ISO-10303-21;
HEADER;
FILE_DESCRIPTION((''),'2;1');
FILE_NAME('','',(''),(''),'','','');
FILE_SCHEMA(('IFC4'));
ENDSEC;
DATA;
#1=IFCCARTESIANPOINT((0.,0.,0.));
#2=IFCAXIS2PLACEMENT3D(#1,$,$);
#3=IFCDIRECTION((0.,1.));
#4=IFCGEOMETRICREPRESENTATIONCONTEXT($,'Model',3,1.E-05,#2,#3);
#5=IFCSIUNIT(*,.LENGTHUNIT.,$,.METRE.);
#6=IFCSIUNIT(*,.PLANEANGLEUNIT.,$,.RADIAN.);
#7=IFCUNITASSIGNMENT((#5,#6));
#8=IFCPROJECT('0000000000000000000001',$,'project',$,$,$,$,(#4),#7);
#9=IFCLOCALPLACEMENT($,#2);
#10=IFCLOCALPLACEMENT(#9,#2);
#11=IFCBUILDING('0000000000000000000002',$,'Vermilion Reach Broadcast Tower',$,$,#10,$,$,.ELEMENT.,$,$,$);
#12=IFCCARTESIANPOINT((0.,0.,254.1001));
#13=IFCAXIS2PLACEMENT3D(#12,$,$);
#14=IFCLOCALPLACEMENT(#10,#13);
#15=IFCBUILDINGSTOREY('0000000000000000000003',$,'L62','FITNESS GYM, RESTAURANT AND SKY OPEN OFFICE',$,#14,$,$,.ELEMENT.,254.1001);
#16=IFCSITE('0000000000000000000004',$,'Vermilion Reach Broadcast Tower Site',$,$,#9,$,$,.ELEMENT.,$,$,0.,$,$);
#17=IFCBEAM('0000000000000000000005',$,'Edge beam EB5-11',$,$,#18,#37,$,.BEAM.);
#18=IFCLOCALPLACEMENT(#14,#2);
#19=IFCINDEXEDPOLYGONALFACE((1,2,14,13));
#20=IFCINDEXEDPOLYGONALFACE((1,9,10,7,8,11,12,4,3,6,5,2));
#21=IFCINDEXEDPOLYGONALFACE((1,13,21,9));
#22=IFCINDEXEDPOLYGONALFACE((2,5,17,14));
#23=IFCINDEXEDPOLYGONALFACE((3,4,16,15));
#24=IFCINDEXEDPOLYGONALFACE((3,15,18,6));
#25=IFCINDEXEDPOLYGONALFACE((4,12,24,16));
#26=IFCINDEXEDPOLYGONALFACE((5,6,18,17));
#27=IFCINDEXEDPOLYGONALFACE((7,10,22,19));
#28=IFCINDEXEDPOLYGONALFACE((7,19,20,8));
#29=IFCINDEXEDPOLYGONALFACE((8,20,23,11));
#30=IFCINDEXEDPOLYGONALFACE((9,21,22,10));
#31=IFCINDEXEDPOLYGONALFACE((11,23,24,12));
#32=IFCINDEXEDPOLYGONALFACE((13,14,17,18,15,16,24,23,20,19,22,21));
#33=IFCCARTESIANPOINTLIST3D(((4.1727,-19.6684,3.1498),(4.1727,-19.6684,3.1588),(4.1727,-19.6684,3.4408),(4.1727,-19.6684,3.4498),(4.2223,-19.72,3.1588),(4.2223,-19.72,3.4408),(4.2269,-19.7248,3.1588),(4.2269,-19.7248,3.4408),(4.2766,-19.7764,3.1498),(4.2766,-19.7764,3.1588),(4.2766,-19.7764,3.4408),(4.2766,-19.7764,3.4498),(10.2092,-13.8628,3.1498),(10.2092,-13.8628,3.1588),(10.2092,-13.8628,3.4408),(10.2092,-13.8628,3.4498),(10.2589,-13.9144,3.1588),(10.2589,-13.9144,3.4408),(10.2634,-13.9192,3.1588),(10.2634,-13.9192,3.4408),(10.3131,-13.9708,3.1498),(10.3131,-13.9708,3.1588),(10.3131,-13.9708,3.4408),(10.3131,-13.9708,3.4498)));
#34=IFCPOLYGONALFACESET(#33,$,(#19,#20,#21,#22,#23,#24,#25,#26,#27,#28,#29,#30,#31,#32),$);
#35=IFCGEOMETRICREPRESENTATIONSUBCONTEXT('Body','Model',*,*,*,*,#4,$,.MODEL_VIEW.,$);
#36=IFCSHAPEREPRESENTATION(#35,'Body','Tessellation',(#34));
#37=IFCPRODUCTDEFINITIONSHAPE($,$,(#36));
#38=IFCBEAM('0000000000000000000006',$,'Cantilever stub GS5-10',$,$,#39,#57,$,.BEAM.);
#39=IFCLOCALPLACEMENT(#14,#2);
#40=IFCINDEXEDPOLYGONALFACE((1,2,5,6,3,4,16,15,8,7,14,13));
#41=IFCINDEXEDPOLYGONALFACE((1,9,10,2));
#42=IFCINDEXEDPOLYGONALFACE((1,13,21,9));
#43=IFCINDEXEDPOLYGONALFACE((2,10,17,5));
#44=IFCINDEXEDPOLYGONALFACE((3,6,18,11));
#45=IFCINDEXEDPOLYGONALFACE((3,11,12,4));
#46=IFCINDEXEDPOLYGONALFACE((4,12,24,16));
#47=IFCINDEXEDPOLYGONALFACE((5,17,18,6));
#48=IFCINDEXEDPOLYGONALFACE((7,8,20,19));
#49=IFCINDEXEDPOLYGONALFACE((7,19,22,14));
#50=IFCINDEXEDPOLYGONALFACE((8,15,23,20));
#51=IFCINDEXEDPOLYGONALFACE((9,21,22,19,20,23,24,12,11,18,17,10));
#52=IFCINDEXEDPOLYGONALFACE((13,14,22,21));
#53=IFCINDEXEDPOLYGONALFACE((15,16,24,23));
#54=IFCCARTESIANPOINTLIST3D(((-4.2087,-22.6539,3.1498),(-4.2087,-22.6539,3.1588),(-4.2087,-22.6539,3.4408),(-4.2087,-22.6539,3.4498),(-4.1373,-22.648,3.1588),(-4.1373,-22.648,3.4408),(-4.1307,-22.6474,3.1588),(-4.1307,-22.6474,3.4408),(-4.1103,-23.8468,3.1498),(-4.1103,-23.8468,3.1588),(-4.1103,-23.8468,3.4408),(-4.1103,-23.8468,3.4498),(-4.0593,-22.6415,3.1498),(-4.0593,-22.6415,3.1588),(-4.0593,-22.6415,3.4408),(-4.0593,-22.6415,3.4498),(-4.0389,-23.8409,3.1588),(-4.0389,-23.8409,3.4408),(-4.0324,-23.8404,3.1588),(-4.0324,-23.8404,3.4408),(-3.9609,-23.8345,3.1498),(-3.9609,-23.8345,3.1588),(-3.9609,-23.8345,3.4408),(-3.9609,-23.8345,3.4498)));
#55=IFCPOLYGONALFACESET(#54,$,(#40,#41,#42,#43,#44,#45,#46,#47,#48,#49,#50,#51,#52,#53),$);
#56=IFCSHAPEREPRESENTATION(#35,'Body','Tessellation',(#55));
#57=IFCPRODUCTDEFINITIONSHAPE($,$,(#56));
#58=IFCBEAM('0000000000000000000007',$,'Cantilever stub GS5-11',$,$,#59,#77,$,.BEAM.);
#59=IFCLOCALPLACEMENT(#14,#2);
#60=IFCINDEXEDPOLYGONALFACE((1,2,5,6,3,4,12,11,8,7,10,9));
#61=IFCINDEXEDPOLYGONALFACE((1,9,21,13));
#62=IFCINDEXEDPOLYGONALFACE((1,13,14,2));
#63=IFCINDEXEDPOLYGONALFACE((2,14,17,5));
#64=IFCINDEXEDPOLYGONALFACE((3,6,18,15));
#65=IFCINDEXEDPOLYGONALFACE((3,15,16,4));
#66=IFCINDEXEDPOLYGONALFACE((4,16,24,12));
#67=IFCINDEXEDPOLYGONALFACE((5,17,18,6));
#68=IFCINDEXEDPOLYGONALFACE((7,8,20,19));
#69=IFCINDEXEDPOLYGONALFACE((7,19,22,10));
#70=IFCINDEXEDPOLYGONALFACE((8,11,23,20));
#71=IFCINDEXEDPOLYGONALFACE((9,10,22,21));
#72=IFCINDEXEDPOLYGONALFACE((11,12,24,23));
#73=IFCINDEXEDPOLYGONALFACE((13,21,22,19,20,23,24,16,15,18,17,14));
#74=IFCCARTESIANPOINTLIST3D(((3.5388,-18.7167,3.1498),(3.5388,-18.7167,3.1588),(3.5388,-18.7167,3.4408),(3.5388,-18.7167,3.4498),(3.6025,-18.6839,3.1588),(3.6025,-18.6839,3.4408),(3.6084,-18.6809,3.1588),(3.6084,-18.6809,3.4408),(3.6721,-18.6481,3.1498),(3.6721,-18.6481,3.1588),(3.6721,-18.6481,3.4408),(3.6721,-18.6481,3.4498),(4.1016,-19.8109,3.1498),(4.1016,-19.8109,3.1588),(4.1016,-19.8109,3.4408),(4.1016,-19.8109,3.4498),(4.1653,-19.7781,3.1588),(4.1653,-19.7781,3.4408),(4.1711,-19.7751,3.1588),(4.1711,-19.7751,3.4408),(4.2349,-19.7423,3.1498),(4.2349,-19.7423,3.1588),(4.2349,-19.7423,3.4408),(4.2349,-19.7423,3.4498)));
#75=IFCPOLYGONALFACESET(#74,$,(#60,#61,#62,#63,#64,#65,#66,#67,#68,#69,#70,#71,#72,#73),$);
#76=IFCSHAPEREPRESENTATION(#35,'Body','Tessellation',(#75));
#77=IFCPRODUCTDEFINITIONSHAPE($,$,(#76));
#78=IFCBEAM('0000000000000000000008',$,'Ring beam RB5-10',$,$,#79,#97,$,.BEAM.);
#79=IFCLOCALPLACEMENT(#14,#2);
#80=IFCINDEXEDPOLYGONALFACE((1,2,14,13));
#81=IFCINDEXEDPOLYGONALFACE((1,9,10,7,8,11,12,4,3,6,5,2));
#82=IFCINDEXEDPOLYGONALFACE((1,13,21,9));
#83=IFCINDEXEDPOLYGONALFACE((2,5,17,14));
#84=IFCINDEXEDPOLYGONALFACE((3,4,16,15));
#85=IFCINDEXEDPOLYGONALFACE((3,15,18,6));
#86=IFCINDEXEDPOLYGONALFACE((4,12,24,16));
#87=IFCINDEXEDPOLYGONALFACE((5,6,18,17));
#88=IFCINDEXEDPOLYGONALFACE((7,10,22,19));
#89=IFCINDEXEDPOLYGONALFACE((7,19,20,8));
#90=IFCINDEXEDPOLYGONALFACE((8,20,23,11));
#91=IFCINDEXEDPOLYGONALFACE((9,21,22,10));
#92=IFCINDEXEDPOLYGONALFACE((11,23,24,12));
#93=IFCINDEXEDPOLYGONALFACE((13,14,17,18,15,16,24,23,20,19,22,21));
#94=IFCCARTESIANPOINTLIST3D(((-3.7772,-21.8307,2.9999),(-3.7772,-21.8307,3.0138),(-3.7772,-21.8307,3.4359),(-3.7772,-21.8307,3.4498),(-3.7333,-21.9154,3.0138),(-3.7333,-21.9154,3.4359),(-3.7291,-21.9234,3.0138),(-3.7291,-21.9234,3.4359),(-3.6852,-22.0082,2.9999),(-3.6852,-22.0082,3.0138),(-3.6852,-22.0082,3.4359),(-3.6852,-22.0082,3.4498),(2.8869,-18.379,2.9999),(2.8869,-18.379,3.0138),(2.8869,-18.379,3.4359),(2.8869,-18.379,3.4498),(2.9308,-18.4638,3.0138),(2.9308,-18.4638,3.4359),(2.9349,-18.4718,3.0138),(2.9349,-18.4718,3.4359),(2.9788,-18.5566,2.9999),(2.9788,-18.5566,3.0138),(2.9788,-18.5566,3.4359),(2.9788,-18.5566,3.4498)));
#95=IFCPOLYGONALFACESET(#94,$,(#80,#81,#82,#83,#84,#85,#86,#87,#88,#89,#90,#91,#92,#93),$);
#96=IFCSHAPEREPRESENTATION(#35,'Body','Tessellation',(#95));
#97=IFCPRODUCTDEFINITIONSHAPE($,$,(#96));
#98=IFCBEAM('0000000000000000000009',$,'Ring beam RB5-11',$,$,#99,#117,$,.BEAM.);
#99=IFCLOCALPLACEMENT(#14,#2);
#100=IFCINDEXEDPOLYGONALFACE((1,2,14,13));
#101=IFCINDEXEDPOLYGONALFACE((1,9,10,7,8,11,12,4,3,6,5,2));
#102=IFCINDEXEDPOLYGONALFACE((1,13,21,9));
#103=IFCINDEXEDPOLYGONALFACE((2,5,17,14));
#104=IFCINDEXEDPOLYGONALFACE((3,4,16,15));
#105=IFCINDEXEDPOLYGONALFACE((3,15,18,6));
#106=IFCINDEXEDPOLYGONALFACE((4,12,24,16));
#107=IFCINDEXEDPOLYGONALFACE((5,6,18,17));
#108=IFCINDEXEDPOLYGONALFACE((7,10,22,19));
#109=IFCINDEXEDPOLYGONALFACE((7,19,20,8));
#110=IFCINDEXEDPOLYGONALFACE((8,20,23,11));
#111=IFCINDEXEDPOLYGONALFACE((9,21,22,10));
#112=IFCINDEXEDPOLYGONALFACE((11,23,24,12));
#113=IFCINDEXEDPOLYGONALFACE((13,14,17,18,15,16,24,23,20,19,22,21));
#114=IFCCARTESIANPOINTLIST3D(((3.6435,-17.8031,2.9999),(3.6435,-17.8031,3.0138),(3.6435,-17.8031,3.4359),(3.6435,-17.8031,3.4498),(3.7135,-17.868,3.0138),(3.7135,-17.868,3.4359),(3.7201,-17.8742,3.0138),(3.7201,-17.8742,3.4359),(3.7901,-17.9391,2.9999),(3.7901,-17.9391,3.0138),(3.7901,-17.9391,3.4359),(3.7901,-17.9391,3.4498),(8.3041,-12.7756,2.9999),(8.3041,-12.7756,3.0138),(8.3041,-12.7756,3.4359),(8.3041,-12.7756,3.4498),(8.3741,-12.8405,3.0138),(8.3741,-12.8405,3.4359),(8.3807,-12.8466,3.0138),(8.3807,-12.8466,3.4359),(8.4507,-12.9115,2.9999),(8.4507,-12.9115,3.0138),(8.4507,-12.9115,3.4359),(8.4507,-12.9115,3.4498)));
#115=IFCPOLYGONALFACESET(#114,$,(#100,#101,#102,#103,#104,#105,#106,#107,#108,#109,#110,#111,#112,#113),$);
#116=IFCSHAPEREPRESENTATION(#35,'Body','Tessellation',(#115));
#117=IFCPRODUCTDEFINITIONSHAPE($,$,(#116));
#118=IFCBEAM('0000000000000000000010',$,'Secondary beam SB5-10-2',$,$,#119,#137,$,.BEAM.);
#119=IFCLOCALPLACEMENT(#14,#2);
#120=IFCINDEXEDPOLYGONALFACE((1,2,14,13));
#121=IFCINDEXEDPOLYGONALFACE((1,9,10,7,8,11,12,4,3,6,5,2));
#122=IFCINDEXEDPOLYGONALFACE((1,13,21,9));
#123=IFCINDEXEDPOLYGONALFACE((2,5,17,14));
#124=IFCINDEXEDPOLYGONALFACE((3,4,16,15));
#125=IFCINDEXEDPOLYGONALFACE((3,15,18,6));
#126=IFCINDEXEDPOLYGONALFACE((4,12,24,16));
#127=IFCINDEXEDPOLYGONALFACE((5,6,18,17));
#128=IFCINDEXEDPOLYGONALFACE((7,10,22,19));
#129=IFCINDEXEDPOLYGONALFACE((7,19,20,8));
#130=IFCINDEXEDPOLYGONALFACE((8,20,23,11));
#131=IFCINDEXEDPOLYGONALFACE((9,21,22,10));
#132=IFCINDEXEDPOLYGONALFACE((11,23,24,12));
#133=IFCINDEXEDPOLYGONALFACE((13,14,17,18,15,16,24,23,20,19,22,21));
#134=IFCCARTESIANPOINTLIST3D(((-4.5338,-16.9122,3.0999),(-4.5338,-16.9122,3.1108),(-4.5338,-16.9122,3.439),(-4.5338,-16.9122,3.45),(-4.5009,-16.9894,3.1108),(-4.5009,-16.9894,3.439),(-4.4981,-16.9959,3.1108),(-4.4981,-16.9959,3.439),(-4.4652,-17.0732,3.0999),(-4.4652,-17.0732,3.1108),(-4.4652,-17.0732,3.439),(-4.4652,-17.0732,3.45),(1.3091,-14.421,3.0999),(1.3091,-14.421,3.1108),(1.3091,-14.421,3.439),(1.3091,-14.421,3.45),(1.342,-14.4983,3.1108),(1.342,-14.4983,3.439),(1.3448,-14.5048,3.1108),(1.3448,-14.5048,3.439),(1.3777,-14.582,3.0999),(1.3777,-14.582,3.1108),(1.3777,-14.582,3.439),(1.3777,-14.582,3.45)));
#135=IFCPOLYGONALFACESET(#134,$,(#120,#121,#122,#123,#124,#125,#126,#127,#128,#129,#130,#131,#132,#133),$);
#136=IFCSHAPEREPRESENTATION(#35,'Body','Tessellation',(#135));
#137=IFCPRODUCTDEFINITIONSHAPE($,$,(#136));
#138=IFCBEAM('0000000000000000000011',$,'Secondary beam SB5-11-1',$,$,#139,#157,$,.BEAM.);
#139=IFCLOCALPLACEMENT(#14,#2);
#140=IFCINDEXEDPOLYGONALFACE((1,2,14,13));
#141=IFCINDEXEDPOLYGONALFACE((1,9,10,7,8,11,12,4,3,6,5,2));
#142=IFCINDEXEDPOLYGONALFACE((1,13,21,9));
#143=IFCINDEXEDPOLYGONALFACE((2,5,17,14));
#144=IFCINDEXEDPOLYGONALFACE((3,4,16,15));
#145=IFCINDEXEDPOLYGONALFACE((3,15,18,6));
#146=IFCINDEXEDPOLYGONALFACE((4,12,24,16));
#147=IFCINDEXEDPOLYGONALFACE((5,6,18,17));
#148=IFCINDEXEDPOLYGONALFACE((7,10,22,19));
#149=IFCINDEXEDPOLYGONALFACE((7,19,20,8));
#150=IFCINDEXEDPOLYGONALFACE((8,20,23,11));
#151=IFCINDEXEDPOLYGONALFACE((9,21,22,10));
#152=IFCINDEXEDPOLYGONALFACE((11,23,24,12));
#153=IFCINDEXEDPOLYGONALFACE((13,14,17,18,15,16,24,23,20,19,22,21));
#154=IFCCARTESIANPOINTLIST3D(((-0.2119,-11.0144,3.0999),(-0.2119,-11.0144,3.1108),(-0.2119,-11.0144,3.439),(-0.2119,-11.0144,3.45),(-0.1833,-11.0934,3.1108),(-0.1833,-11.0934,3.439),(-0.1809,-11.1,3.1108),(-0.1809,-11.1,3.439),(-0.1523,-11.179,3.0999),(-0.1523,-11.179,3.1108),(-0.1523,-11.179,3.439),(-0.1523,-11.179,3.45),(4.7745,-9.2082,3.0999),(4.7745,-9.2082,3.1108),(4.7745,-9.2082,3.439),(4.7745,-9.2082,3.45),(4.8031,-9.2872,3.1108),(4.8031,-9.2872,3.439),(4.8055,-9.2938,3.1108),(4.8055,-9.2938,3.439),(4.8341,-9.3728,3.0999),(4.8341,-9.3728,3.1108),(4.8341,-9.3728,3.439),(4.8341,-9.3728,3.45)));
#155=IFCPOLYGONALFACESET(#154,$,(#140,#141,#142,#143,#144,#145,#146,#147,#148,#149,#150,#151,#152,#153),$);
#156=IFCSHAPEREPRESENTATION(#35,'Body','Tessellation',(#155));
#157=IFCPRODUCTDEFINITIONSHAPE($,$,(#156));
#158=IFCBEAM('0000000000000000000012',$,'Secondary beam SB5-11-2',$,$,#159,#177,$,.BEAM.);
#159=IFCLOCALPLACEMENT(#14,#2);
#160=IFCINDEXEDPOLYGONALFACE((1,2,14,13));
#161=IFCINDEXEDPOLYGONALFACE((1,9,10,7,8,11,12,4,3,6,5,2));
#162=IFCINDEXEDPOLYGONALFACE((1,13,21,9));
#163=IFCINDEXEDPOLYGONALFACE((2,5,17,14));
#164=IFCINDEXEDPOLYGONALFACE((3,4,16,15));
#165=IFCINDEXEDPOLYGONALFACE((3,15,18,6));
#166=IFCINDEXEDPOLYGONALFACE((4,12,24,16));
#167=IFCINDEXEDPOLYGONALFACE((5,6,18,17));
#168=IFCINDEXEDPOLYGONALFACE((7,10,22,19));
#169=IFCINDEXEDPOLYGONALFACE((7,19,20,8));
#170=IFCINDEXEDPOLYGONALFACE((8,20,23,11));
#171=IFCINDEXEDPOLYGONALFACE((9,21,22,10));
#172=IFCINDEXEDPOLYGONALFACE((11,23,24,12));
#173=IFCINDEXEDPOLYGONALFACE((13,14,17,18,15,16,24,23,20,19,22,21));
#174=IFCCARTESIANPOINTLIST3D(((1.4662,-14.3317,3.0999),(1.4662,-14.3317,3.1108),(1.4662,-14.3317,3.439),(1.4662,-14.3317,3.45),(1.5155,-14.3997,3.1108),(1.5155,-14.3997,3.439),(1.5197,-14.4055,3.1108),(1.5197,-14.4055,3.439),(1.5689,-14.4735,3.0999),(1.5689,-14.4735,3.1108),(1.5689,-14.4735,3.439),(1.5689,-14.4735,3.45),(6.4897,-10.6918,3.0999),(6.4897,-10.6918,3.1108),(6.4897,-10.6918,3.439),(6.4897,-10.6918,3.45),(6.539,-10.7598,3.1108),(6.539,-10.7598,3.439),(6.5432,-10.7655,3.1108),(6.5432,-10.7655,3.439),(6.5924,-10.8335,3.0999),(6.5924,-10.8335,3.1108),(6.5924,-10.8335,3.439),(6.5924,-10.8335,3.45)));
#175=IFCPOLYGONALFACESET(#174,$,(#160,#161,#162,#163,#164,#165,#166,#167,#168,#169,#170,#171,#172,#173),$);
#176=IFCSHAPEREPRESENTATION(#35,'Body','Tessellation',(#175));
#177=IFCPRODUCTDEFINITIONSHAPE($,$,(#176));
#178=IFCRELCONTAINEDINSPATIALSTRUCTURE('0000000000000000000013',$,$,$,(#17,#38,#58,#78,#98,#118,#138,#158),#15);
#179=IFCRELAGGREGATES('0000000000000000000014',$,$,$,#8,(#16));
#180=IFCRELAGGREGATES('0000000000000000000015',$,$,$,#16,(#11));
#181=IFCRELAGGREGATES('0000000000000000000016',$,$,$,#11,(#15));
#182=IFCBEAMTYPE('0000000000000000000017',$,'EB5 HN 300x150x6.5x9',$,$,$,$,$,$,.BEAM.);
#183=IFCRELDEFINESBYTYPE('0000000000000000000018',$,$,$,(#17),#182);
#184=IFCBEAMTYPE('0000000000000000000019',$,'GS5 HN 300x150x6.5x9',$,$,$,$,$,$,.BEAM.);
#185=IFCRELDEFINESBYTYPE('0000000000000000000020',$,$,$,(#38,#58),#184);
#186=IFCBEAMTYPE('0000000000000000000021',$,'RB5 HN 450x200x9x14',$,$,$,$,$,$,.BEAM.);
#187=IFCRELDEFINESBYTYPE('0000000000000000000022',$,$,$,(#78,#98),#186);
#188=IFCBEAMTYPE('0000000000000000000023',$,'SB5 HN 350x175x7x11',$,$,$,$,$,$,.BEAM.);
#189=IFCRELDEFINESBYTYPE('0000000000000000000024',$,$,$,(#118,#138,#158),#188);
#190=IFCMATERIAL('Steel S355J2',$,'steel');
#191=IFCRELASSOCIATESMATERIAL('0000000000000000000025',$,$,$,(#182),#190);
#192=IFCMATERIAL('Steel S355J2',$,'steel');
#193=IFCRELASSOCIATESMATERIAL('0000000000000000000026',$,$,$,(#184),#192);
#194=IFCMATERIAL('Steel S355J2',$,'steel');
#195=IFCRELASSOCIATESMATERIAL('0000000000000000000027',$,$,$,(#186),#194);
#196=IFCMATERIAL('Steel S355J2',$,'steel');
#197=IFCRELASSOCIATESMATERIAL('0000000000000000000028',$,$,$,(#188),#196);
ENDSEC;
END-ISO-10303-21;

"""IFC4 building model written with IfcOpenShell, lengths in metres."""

from ifc_helpers import new_model, si_unit, direction, frame, origin, origin_2d, place, context, subcontext, project, spatial, i_section, extrude, material, material_profile, profile_set, type_object, element, save


model = new_model("IFC4")

# Units and contexts
model_context = context("Model", 3, precision=1e-05, world=origin(), true_north=direction((0.0, 1.0)))
body_context = subcontext(model_context, "Body", "Model", "MODEL_VIEW")
ifc_project = project(units=[si_unit("LENGTHUNIT", "METRE"), si_unit("PLANEANGLEUNIT", "RADIAN")], contexts=[model_context])

# Site, building, storey
site_placement = place(None, origin())
site = spatial("IfcSite", under=ifc_project, at=site_placement, Name="Vermilion Reach Broadcast Tower Site", CompositionType="ELEMENT", RefElevation=0.0)
building_placement = place(site_placement, origin())
building = spatial("IfcBuilding", under=site, at=building_placement, Name="Vermilion Reach Broadcast Tower", CompositionType="ELEMENT")
storey_placement = place(building_placement, frame((0.0, 0.0, 254.1001)))
storey = spatial("IfcBuildingStorey", under=building, at=storey_placement, Name="L62", Description="FITNESS GYM, RESTAURANT AND SKY OPEN OFFICE", CompositionType="ELEMENT", Elevation=254.1001)

# Beams
ifc_material_1 = material(Name="Steel S355J2", Category="steel")
ifc_material_profile_1 = material_profile(ifc_material_1, i_section(OverallWidth=0.1499, OverallDepth=0.3, WebThickness=0.0066, FlangeThickness=0.009, at=origin_2d()), Name="S355J2 HN 300x150x6.5x9")
ifc_profile_set_1 = profile_set([ifc_material_profile_1], Name="Steel S355J2")
beam_type_1 = type_object("IfcBeamType", Name="EB5 HN 300x150x6.5x9", PredefinedType="BEAM", material=ifc_profile_set_1)
beam_1_placement = place(storey_placement, frame((4.2246, -19.7224, 3.2998), z_axis=(0.72076, 0.693184, 0.0), x_axis=(-0.693184, 0.72076, 0.0)))
element("IfcBeam", 1, at=beam_1_placement, inside=storey, type_object=beam_type_1, Name="Edge beam EB5-11", PredefinedType="BEAM", context=body_context, shape_type="SweptSolid", body=[
    extrude(i_section(OverallWidth=0.1499, OverallDepth=0.3, WebThickness=0.0066, FlangeThickness=0.009, at=origin_2d()), origin(), (0.0, 0.0, 1.0), 8.3752),
])
ifc_material_2 = material(Name="Steel S355J2", Category="steel")
ifc_material_profile_2 = material_profile(ifc_material_2, i_section(OverallWidth=0.1499, OverallDepth=0.3, WebThickness=0.0066, FlangeThickness=0.009, at=origin_2d()), Name="S355J2 HN 300x150x6.5x9")
ifc_profile_set_2 = profile_set([ifc_material_profile_2], Name="Steel S355J2")
beam_type_2 = type_object("IfcBeamType", Name="GS5 HN 300x150x6.5x9", PredefinedType="BEAM", material=ifc_profile_set_2)
beam_2_placement = place(storey_placement, frame((-4.134, -22.6477, 3.2998), z_axis=(0.082201, -0.996616, 0.0), x_axis=(0.996616, 0.082201, 0.0)))
element("IfcBeam", 2, at=beam_2_placement, inside=storey, type_object=beam_type_2, Name="Cantilever stub GS5-10", PredefinedType="BEAM", context=body_context, shape_type="SweptSolid", body=[
    extrude(i_section(OverallWidth=0.1499, OverallDepth=0.3, WebThickness=0.0066, FlangeThickness=0.009, at=origin_2d()), origin(), (0.0, 0.0, 1.0), 1.197),
])
beam_3_placement = place(storey_placement, frame((3.6055, -18.6824, 3.2998), z_axis=(0.457344, -0.88929, 0.0), x_axis=(0.88929, 0.457344, 0.0)))
element("IfcBeam", 3, at=beam_3_placement, inside=storey, type_object=beam_type_2, Name="Cantilever stub GS5-11", PredefinedType="BEAM", context=body_context, shape_type="SweptSolid", body=[
    extrude(i_section(OverallWidth=0.1499, OverallDepth=0.3, WebThickness=0.0066, FlangeThickness=0.009, at=origin_2d()), origin(), (0.0, 0.0, 1.0), 1.2305),
])
ifc_material_3 = material(Name="Steel S355J2", Category="steel")
ifc_material_profile_3 = material_profile(ifc_material_3, i_section(OverallWidth=0.2, OverallDepth=0.45, WebThickness=0.009, FlangeThickness=0.0139, at=origin_2d()), Name="S355J2 HN 450x200x9x14")
ifc_profile_set_3 = profile_set([ifc_material_profile_3], Name="Steel S355J2")
beam_type_3 = type_object("IfcBeamType", Name="RB5 HN 450x200x9x14", PredefinedType="BEAM", material=ifc_profile_set_3)
beam_4_placement = place(storey_placement, frame((-3.7312, -21.9194, 3.2249), z_axis=(0.88796, 0.45992, 0.0), x_axis=(-0.45992, 0.88796, 0.0)))
element("IfcBeam", 4, at=beam_4_placement, inside=storey, type_object=beam_type_3, Name="Ring beam RB5-10", PredefinedType="BEAM", context=body_context, shape_type="SweptSolid", body=[
    extrude(i_section(OverallWidth=0.2, OverallDepth=0.45, WebThickness=0.009, FlangeThickness=0.0139, at=origin_2d()), origin(), (0.0, 0.0, 1.0), 7.5049),
])
beam_5_placement = place(storey_placement, frame((3.7168, -17.8711, 3.2249), z_axis=(0.679838, 0.733363, 0.0), x_axis=(-0.733363, 0.679838, 0.0)))
element("IfcBeam", 5, at=beam_5_placement, inside=storey, type_object=beam_type_3, Name="Ring beam RB5-11", PredefinedType="BEAM", context=body_context, shape_type="SweptSolid", body=[
    extrude(i_section(OverallWidth=0.2, OverallDepth=0.45, WebThickness=0.009, FlangeThickness=0.0139, at=origin_2d()), origin(), (0.0, 0.0, 1.0), 6.8555),
])
ifc_material_4 = material(Name="Steel S355J2", Category="steel")
ifc_material_profile_4 = material_profile(ifc_material_4, i_section(OverallWidth=0.175, OverallDepth=0.3501, WebThickness=0.0071, FlangeThickness=0.011, at=origin_2d()), Name="S355J2 HN 350x175x7x11")
ifc_profile_set_4 = profile_set([ifc_material_profile_4], Name="Steel S355J2")
beam_type_4 = type_object("IfcBeamType", Name="SB5 HN 350x175x7x11", PredefinedType="BEAM", material=ifc_profile_set_4)
beam_6_placement = place(storey_placement, frame((-4.4995, -16.9927, 3.2749), z_axis=(0.919881, 0.392198, 0.0), x_axis=(-0.392198, 0.919881, 0.0)))
element("IfcBeam", 6, at=beam_6_placement, inside=storey, type_object=beam_type_4, Name="Secondary beam SB5-10-2", PredefinedType="BEAM", context=body_context, shape_type="SweptSolid", body=[
    extrude(i_section(OverallWidth=0.175, OverallDepth=0.3501, WebThickness=0.0071, FlangeThickness=0.011, at=origin_2d()), origin(), (0.0, 0.0, 1.0), 6.3518),
])
beam_7_placement = place(storey_placement, frame((-0.1821, -11.0967, 3.2749), z_axis=(0.94022, 0.340567, 0.0), x_axis=(-0.340567, 0.94022, 0.0)))
element("IfcBeam", 7, at=beam_7_placement, inside=storey, type_object=beam_type_4, Name="Secondary beam SB5-11-1", PredefinedType="BEAM", context=body_context, shape_type="SweptSolid", body=[
    extrude(i_section(OverallWidth=0.175, OverallDepth=0.3501, WebThickness=0.0071, FlangeThickness=0.011, at=origin_2d()), origin(), (0.0, 0.0, 1.0), 5.3035),
])
beam_8_placement = place(storey_placement, frame((1.5176, -14.4026, 3.2749), z_axis=(0.809771, 0.586746, 0.0), x_axis=(-0.586746, 0.809771, 0.0)))
element("IfcBeam", 8, at=beam_8_placement, inside=storey, type_object=beam_type_4, Name="Secondary beam SB5-11-2", PredefinedType="BEAM", context=body_context, shape_type="SweptSolid", body=[
    extrude(i_section(OverallWidth=0.175, OverallDepth=0.3501, WebThickness=0.0071, FlangeThickness=0.011, at=origin_2d()), origin(), (0.0, 0.0, 1.0), 6.2036),
])

save(model, "model.ifc")
